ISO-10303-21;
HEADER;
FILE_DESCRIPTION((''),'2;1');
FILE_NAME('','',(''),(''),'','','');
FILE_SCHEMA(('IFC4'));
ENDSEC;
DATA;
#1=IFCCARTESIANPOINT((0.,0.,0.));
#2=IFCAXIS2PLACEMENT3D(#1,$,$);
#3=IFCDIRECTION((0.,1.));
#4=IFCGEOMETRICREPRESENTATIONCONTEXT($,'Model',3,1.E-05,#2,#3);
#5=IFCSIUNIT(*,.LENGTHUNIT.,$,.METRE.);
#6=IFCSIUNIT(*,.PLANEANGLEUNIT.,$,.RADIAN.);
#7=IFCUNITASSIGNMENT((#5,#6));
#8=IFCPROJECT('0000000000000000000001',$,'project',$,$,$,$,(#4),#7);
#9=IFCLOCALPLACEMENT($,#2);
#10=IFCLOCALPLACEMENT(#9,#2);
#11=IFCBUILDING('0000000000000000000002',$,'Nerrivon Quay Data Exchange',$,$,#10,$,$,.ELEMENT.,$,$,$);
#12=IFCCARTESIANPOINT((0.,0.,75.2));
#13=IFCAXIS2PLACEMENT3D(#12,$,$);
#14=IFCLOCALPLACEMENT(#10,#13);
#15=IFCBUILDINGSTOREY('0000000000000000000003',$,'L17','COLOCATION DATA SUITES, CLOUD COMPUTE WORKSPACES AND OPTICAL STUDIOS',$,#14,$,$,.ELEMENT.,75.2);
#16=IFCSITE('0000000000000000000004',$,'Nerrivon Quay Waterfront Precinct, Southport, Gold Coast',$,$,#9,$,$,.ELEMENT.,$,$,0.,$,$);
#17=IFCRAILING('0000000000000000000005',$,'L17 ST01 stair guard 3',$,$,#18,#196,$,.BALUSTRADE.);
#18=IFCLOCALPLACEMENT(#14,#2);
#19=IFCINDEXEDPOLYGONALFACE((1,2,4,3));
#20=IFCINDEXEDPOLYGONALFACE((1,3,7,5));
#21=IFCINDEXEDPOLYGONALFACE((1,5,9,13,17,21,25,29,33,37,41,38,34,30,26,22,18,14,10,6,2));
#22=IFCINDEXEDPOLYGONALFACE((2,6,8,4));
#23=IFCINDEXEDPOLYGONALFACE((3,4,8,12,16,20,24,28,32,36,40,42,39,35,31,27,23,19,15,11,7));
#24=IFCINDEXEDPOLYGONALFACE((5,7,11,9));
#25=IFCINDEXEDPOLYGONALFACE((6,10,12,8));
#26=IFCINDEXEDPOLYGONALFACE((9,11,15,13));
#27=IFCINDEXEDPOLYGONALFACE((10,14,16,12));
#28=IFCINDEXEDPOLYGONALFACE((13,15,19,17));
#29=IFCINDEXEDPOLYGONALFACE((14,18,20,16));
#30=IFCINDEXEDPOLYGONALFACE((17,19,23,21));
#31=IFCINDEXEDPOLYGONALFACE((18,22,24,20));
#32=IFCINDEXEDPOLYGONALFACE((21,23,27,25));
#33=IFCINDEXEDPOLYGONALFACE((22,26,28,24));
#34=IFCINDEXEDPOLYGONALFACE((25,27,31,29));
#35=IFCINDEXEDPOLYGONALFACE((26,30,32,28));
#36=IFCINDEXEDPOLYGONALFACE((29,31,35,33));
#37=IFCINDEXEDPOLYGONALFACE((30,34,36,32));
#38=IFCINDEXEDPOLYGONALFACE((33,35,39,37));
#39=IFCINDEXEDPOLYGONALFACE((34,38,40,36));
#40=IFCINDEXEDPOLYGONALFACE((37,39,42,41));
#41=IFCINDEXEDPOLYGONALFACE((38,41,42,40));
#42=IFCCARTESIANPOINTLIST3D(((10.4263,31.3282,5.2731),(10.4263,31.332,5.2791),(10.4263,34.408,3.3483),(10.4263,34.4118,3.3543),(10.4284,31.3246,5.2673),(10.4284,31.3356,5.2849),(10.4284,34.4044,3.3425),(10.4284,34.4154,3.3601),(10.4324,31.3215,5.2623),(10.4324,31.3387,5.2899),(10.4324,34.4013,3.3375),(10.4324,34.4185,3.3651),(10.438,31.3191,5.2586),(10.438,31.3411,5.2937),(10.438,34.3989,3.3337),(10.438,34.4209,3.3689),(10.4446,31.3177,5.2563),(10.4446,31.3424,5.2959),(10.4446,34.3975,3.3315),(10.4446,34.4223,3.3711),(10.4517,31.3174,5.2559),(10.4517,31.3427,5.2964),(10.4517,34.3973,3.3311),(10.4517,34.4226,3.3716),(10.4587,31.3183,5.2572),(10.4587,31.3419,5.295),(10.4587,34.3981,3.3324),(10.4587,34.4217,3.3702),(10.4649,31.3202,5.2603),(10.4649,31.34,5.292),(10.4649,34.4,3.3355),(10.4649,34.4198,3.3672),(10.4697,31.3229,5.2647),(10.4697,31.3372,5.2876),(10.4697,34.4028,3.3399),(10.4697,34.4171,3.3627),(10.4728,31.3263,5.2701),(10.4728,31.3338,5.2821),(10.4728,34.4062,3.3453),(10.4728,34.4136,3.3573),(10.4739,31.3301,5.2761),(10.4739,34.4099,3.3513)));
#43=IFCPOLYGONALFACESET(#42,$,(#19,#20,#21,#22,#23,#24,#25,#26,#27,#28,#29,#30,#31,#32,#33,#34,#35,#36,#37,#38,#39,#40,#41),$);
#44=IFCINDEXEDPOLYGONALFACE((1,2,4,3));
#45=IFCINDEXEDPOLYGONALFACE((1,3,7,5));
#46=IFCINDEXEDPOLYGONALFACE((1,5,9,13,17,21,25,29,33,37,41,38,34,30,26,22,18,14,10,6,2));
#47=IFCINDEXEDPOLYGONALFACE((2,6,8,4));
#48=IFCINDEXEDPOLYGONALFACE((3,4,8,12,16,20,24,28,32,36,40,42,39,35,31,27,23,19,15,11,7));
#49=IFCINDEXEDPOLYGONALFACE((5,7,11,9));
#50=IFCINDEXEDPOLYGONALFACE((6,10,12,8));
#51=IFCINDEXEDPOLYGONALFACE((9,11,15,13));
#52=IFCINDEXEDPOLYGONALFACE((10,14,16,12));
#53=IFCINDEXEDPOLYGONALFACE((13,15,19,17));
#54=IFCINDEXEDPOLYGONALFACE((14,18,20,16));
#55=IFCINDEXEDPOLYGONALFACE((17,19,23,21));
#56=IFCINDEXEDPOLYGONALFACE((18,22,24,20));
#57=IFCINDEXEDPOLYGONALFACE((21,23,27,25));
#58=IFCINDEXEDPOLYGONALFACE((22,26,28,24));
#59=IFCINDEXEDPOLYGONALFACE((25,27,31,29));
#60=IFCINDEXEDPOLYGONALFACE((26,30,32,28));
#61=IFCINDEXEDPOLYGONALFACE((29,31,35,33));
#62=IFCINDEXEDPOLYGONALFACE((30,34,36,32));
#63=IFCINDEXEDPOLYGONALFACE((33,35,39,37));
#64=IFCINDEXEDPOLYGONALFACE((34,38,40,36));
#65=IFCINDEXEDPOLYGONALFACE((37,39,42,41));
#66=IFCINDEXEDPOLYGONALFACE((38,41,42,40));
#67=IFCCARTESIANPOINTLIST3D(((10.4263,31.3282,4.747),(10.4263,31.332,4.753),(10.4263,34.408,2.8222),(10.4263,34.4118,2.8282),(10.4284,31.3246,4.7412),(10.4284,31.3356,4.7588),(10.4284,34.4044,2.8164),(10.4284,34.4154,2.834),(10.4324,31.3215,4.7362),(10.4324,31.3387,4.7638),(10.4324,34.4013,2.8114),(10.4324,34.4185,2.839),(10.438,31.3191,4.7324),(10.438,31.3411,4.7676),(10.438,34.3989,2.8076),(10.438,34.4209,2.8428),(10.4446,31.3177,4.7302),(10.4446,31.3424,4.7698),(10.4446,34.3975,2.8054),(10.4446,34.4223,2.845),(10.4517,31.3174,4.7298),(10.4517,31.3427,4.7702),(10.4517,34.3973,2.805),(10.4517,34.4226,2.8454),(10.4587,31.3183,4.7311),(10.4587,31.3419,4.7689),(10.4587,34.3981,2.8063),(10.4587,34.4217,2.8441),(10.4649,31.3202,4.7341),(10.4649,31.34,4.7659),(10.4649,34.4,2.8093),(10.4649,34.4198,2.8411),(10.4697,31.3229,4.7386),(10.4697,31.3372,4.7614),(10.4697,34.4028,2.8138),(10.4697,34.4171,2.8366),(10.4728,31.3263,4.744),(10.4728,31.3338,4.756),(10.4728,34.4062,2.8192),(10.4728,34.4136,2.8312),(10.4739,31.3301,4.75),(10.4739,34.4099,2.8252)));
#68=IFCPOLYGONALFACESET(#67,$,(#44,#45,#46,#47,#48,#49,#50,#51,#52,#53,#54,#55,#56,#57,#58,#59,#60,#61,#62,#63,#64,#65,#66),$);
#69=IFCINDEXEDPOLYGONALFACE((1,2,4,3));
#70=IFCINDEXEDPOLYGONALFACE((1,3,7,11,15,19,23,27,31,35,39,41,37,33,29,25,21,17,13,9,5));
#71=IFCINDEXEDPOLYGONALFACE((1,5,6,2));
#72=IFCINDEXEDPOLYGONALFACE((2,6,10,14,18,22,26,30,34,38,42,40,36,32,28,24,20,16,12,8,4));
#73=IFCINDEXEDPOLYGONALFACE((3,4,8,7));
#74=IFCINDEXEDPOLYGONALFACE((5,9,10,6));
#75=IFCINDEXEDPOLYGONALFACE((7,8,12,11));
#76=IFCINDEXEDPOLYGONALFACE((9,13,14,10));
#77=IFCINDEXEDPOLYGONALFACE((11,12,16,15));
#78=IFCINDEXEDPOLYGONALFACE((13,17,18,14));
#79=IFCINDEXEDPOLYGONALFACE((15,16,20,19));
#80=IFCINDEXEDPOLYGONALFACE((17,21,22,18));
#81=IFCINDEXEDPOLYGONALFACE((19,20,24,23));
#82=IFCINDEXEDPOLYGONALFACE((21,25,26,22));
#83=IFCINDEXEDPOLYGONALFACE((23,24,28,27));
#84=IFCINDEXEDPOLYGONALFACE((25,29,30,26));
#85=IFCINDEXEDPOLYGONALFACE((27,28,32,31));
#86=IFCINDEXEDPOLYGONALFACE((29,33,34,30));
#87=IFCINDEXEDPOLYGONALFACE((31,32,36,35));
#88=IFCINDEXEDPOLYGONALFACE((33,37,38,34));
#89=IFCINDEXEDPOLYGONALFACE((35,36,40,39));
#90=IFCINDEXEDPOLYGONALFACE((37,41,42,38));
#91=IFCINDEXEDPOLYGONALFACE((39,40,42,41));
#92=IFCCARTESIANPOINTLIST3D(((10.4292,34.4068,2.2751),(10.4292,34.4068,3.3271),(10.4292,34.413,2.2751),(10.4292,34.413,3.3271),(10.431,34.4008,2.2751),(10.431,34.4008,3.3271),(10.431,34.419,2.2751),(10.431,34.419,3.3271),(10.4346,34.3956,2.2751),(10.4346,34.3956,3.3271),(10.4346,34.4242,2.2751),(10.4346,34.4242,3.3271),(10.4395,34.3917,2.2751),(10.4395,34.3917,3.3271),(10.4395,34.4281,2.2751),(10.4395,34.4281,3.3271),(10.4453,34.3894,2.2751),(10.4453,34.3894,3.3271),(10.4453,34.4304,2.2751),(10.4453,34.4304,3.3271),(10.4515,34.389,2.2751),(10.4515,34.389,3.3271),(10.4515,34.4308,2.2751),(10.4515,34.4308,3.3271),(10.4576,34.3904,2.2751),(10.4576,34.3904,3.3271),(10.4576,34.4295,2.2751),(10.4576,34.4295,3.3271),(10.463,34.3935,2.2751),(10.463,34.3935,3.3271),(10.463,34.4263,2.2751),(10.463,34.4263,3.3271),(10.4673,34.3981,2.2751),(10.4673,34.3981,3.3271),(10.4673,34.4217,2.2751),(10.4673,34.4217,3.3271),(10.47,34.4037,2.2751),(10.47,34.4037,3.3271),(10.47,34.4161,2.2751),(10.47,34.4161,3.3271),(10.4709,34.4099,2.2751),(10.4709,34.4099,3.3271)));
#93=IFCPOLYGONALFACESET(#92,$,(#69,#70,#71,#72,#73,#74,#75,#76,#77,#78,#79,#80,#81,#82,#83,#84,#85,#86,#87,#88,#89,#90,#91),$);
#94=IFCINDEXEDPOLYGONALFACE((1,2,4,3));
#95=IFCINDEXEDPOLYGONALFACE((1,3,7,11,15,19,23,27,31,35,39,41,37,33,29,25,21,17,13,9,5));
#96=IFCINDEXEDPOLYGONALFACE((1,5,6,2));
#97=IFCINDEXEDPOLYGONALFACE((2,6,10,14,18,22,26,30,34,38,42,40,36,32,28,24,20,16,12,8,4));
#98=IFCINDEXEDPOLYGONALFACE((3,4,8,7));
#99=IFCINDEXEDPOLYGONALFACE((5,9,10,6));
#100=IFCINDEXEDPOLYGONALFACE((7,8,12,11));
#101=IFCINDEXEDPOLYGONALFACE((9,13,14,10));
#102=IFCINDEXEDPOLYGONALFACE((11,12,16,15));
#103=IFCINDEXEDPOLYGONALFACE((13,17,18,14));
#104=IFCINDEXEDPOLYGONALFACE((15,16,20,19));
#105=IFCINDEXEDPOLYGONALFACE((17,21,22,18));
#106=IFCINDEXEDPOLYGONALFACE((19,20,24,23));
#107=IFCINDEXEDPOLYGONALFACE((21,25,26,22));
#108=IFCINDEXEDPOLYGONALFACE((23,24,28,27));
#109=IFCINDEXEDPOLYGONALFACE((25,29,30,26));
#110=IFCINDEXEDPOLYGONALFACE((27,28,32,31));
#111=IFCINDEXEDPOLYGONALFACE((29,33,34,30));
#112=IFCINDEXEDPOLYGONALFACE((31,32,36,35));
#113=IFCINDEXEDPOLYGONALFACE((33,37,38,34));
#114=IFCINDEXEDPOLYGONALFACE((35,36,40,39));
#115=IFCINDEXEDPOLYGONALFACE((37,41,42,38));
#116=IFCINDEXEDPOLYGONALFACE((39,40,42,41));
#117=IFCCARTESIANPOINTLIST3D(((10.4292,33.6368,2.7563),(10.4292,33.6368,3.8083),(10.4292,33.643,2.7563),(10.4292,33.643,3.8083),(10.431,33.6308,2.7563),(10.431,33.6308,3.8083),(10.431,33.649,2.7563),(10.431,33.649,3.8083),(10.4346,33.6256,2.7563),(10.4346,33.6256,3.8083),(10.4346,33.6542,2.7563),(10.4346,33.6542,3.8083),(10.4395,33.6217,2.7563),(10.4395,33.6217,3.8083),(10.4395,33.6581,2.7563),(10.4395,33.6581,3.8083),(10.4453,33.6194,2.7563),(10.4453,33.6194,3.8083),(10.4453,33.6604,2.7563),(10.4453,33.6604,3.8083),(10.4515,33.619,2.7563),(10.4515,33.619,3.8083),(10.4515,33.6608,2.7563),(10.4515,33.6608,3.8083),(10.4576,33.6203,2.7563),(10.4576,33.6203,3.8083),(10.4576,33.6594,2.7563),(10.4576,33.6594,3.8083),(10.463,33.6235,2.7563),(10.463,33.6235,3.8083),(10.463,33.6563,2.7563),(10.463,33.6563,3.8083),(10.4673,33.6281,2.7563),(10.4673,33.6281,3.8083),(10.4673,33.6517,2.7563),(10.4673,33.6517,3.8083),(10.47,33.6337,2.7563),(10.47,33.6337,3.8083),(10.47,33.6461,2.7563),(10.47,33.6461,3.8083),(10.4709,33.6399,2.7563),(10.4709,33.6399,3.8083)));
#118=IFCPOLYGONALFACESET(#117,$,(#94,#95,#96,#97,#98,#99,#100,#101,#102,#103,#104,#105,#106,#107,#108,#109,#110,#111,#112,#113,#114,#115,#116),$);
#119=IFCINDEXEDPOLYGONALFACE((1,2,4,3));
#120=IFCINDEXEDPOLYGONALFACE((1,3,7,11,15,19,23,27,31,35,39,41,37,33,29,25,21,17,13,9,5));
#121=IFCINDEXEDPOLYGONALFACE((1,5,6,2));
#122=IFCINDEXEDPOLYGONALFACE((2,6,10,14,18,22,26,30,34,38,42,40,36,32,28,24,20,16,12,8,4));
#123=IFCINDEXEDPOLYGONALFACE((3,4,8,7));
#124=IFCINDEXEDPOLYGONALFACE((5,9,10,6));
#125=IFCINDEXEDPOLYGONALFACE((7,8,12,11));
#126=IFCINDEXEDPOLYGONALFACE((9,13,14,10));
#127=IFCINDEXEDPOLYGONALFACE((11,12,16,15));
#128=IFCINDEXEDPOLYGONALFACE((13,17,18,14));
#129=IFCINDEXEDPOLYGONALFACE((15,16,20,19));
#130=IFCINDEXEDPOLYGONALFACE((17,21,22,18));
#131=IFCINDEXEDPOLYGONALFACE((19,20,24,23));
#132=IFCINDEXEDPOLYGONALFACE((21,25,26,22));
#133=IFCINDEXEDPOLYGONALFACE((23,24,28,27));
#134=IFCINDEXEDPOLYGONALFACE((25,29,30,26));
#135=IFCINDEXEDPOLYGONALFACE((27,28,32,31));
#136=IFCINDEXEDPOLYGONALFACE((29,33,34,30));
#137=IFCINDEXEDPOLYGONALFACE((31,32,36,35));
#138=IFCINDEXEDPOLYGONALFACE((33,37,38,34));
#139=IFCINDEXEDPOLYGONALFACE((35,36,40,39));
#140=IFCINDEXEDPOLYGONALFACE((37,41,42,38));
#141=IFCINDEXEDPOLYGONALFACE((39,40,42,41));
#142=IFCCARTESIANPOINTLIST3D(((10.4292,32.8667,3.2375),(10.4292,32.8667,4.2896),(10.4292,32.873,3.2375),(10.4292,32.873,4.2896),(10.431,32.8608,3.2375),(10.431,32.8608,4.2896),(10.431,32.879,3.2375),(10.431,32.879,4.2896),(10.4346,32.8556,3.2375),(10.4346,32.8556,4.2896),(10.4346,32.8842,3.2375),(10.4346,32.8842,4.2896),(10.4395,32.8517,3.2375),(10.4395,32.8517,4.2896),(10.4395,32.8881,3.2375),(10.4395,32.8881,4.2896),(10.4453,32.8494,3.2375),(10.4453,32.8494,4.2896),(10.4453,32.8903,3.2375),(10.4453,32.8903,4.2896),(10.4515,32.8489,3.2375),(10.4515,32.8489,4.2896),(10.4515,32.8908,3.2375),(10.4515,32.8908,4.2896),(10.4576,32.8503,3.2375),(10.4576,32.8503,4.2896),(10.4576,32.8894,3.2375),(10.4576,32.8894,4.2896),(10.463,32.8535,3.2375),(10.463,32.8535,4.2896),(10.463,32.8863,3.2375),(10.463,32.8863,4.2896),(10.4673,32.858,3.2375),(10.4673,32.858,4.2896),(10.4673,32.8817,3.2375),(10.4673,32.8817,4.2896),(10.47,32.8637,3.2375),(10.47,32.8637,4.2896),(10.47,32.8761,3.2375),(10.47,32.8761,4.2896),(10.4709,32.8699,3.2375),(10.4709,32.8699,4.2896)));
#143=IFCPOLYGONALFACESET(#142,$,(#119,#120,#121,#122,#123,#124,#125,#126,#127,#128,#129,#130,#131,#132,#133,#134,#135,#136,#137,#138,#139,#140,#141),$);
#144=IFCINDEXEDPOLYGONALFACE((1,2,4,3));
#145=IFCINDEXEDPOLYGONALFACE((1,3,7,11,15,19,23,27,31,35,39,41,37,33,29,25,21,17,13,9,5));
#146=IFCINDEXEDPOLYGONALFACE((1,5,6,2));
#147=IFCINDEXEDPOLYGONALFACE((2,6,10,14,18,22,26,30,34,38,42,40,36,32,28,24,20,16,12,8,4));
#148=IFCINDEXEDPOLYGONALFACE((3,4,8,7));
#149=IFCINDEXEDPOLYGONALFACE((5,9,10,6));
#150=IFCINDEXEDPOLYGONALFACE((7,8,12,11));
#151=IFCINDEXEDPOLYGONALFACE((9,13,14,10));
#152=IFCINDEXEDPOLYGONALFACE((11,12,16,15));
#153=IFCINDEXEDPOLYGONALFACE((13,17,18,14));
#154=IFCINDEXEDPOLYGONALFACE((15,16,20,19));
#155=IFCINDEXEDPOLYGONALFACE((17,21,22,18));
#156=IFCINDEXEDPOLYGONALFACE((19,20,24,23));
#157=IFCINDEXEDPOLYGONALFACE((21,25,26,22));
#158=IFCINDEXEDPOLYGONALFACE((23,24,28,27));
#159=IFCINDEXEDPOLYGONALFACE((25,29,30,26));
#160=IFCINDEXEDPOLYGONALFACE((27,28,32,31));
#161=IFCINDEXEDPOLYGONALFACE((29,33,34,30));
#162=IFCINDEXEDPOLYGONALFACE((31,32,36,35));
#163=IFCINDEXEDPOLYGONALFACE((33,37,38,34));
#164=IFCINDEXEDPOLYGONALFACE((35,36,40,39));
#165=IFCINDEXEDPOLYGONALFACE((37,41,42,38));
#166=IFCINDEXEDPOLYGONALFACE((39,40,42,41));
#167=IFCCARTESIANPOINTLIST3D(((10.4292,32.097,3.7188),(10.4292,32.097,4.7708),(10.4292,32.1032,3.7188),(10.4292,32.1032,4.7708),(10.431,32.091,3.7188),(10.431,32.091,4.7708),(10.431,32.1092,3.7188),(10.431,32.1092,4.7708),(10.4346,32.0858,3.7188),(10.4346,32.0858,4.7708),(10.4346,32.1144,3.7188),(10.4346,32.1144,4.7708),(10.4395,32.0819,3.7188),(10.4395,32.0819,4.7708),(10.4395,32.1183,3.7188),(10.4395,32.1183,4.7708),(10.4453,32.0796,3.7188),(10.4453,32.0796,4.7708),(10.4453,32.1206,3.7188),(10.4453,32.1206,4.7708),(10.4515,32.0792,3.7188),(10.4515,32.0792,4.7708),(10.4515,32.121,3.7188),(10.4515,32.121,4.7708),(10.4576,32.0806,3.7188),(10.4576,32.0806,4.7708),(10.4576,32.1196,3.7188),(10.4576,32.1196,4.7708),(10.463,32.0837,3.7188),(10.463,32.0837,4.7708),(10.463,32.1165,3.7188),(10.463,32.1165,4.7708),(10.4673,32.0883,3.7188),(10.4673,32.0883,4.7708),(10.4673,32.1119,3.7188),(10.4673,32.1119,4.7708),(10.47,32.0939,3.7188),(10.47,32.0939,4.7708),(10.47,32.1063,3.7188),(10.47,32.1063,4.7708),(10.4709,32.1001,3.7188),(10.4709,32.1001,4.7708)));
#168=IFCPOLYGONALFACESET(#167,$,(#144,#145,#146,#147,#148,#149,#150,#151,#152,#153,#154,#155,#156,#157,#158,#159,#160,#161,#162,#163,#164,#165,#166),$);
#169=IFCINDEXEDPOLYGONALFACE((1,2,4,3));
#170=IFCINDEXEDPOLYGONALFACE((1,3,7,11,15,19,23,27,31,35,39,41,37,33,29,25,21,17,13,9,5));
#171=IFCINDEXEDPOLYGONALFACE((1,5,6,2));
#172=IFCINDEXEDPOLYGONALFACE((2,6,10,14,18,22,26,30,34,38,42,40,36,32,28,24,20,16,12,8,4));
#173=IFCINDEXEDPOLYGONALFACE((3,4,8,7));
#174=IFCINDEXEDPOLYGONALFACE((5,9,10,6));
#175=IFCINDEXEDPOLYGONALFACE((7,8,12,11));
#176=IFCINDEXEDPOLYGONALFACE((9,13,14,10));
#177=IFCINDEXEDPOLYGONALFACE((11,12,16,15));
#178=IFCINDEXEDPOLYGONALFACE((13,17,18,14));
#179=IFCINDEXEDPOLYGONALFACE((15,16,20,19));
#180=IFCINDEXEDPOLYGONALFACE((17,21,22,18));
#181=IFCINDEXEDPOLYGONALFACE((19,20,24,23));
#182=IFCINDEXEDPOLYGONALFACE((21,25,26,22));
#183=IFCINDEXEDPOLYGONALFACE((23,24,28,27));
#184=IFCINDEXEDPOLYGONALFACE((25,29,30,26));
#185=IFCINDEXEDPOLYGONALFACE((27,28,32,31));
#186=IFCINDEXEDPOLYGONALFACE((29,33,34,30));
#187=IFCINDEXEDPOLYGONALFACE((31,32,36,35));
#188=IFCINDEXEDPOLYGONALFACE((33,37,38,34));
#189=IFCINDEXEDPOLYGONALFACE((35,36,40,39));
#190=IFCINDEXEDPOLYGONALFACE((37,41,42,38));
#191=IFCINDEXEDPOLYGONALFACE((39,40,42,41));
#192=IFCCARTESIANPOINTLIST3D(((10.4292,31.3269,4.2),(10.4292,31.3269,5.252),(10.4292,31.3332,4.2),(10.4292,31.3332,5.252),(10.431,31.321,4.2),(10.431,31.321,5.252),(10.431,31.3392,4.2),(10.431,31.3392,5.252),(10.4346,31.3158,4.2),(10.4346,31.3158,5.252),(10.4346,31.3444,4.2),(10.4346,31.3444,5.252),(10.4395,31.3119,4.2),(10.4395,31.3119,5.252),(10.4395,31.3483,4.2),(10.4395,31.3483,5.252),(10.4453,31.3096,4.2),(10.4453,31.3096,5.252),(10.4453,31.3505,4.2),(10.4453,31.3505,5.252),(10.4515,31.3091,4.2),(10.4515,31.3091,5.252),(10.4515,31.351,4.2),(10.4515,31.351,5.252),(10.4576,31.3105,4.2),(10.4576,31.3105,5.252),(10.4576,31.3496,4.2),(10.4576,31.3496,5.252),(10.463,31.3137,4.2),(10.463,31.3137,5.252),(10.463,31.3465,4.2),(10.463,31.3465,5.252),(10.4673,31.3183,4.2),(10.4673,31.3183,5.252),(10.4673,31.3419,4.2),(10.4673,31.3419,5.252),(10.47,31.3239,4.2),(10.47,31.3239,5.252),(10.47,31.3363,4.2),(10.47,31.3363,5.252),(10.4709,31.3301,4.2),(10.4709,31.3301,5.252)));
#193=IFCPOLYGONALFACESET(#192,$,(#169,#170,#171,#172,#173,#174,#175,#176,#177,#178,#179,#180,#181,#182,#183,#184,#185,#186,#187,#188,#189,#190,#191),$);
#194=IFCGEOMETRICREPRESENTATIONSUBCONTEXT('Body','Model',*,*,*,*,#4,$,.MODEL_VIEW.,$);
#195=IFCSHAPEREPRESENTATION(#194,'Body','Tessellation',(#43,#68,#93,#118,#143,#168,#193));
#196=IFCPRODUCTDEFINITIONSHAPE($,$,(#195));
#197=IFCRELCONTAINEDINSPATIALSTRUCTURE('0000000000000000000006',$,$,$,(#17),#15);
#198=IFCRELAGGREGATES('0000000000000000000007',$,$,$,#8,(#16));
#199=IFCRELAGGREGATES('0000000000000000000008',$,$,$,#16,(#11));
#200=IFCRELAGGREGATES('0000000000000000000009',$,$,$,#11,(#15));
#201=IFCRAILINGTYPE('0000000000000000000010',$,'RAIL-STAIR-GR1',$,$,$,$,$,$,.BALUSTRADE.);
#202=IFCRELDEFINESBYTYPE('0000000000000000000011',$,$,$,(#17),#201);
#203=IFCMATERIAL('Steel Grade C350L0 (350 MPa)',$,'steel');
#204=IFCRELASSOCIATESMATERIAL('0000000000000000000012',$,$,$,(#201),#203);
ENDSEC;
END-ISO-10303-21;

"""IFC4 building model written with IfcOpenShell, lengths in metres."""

from ifc_helpers import new_model, si_unit, direction, frame, origin, origin_2d, place, context, subcontext, project, spatial, circle, extrude, material, type_object, element, save


model = new_model("IFC4")

# Units and contexts
model_context = context("Model", 3, precision=1e-05, world=origin(), true_north=direction((0.0, 1.0)))
body_context = subcontext(model_context, "Body", "Model", "MODEL_VIEW")
ifc_project = project(units=[si_unit("LENGTHUNIT", "METRE"), si_unit("PLANEANGLEUNIT", "RADIAN")], contexts=[model_context])

# Site, building, storey
site_placement = place(None, origin())
site = spatial("IfcSite", under=ifc_project, at=site_placement, Name="Nerrivon Quay Waterfront Precinct, Southport, Gold Coast", CompositionType="ELEMENT", RefElevation=0.0)
building_placement = place(site_placement, origin())
building = spatial("IfcBuilding", under=site, at=building_placement, Name="Nerrivon Quay Data Exchange", CompositionType="ELEMENT")
storey_placement = place(building_placement, frame((0.0, 0.0, 75.2)))
storey = spatial("IfcBuildingStorey", under=building, at=storey_placement, Name="L17", Description="COLOCATION DATA SUITES, CLOUD COMPUTE WORKSPACES AND OPTICAL STUDIOS", CompositionType="ELEMENT", Elevation=75.2)

# Railing
ifc_material_1 = material(Name="Steel Grade C350L0 (350 MPa)", Category="steel")
railing_type_1 = type_object("IfcRailingType", Name="RAIL-STAIR-GR1", PredefinedType="BALUSTRADE", material=ifc_material_1)
railing_1_placement = place(storey_placement, frame((10.45, 34.4099, 2.2751)))
element("IfcRailing", 1, at=railing_1_placement, inside=storey, type_object=railing_type_1, Name="L17 ST01 stair guard 3", PredefinedType="BALUSTRADE", context=body_context, shape_type="SweptSolid", body=[
    extrude(circle(Radius=0.0239, at=origin_2d()), frame((0.0, 0.0, 1.0762), z_axis=(0.0, -0.84801, 0.529981), x_axis=(1.0, 0.0, 0.0)), (0.0, 0.0, 1.0), 3.6318),
    extrude(circle(Radius=0.0239, at=origin_2d()), frame((0.0, 0.0, 0.55), z_axis=(0.0, -0.84801, 0.529981), x_axis=(1.0, 0.0, 0.0)), (0.0, 0.0, 1.0), 3.6318),
    extrude(circle(Radius=0.021, at=origin_2d()), origin(), (0.0, 0.0, 1.0), 1.052),
    extrude(circle(Radius=0.021, at=origin_2d()), frame((0.0, -0.77, 0.4812)), (0.0, 0.0, 1.0), 1.052),
    extrude(circle(Radius=0.021, at=origin_2d()), frame((0.0, -1.54, 0.9624)), (0.0, 0.0, 1.0), 1.052),
    extrude(circle(Radius=0.021, at=origin_2d()), frame((0.0, -2.3098, 1.4436)), (0.0, 0.0, 1.0), 1.052),
    extrude(circle(Radius=0.021, at=origin_2d()), frame((0.0, -3.0798, 1.9248)), (0.0, 0.0, 1.0), 1.052),
])

save(model, "model.ifc")
